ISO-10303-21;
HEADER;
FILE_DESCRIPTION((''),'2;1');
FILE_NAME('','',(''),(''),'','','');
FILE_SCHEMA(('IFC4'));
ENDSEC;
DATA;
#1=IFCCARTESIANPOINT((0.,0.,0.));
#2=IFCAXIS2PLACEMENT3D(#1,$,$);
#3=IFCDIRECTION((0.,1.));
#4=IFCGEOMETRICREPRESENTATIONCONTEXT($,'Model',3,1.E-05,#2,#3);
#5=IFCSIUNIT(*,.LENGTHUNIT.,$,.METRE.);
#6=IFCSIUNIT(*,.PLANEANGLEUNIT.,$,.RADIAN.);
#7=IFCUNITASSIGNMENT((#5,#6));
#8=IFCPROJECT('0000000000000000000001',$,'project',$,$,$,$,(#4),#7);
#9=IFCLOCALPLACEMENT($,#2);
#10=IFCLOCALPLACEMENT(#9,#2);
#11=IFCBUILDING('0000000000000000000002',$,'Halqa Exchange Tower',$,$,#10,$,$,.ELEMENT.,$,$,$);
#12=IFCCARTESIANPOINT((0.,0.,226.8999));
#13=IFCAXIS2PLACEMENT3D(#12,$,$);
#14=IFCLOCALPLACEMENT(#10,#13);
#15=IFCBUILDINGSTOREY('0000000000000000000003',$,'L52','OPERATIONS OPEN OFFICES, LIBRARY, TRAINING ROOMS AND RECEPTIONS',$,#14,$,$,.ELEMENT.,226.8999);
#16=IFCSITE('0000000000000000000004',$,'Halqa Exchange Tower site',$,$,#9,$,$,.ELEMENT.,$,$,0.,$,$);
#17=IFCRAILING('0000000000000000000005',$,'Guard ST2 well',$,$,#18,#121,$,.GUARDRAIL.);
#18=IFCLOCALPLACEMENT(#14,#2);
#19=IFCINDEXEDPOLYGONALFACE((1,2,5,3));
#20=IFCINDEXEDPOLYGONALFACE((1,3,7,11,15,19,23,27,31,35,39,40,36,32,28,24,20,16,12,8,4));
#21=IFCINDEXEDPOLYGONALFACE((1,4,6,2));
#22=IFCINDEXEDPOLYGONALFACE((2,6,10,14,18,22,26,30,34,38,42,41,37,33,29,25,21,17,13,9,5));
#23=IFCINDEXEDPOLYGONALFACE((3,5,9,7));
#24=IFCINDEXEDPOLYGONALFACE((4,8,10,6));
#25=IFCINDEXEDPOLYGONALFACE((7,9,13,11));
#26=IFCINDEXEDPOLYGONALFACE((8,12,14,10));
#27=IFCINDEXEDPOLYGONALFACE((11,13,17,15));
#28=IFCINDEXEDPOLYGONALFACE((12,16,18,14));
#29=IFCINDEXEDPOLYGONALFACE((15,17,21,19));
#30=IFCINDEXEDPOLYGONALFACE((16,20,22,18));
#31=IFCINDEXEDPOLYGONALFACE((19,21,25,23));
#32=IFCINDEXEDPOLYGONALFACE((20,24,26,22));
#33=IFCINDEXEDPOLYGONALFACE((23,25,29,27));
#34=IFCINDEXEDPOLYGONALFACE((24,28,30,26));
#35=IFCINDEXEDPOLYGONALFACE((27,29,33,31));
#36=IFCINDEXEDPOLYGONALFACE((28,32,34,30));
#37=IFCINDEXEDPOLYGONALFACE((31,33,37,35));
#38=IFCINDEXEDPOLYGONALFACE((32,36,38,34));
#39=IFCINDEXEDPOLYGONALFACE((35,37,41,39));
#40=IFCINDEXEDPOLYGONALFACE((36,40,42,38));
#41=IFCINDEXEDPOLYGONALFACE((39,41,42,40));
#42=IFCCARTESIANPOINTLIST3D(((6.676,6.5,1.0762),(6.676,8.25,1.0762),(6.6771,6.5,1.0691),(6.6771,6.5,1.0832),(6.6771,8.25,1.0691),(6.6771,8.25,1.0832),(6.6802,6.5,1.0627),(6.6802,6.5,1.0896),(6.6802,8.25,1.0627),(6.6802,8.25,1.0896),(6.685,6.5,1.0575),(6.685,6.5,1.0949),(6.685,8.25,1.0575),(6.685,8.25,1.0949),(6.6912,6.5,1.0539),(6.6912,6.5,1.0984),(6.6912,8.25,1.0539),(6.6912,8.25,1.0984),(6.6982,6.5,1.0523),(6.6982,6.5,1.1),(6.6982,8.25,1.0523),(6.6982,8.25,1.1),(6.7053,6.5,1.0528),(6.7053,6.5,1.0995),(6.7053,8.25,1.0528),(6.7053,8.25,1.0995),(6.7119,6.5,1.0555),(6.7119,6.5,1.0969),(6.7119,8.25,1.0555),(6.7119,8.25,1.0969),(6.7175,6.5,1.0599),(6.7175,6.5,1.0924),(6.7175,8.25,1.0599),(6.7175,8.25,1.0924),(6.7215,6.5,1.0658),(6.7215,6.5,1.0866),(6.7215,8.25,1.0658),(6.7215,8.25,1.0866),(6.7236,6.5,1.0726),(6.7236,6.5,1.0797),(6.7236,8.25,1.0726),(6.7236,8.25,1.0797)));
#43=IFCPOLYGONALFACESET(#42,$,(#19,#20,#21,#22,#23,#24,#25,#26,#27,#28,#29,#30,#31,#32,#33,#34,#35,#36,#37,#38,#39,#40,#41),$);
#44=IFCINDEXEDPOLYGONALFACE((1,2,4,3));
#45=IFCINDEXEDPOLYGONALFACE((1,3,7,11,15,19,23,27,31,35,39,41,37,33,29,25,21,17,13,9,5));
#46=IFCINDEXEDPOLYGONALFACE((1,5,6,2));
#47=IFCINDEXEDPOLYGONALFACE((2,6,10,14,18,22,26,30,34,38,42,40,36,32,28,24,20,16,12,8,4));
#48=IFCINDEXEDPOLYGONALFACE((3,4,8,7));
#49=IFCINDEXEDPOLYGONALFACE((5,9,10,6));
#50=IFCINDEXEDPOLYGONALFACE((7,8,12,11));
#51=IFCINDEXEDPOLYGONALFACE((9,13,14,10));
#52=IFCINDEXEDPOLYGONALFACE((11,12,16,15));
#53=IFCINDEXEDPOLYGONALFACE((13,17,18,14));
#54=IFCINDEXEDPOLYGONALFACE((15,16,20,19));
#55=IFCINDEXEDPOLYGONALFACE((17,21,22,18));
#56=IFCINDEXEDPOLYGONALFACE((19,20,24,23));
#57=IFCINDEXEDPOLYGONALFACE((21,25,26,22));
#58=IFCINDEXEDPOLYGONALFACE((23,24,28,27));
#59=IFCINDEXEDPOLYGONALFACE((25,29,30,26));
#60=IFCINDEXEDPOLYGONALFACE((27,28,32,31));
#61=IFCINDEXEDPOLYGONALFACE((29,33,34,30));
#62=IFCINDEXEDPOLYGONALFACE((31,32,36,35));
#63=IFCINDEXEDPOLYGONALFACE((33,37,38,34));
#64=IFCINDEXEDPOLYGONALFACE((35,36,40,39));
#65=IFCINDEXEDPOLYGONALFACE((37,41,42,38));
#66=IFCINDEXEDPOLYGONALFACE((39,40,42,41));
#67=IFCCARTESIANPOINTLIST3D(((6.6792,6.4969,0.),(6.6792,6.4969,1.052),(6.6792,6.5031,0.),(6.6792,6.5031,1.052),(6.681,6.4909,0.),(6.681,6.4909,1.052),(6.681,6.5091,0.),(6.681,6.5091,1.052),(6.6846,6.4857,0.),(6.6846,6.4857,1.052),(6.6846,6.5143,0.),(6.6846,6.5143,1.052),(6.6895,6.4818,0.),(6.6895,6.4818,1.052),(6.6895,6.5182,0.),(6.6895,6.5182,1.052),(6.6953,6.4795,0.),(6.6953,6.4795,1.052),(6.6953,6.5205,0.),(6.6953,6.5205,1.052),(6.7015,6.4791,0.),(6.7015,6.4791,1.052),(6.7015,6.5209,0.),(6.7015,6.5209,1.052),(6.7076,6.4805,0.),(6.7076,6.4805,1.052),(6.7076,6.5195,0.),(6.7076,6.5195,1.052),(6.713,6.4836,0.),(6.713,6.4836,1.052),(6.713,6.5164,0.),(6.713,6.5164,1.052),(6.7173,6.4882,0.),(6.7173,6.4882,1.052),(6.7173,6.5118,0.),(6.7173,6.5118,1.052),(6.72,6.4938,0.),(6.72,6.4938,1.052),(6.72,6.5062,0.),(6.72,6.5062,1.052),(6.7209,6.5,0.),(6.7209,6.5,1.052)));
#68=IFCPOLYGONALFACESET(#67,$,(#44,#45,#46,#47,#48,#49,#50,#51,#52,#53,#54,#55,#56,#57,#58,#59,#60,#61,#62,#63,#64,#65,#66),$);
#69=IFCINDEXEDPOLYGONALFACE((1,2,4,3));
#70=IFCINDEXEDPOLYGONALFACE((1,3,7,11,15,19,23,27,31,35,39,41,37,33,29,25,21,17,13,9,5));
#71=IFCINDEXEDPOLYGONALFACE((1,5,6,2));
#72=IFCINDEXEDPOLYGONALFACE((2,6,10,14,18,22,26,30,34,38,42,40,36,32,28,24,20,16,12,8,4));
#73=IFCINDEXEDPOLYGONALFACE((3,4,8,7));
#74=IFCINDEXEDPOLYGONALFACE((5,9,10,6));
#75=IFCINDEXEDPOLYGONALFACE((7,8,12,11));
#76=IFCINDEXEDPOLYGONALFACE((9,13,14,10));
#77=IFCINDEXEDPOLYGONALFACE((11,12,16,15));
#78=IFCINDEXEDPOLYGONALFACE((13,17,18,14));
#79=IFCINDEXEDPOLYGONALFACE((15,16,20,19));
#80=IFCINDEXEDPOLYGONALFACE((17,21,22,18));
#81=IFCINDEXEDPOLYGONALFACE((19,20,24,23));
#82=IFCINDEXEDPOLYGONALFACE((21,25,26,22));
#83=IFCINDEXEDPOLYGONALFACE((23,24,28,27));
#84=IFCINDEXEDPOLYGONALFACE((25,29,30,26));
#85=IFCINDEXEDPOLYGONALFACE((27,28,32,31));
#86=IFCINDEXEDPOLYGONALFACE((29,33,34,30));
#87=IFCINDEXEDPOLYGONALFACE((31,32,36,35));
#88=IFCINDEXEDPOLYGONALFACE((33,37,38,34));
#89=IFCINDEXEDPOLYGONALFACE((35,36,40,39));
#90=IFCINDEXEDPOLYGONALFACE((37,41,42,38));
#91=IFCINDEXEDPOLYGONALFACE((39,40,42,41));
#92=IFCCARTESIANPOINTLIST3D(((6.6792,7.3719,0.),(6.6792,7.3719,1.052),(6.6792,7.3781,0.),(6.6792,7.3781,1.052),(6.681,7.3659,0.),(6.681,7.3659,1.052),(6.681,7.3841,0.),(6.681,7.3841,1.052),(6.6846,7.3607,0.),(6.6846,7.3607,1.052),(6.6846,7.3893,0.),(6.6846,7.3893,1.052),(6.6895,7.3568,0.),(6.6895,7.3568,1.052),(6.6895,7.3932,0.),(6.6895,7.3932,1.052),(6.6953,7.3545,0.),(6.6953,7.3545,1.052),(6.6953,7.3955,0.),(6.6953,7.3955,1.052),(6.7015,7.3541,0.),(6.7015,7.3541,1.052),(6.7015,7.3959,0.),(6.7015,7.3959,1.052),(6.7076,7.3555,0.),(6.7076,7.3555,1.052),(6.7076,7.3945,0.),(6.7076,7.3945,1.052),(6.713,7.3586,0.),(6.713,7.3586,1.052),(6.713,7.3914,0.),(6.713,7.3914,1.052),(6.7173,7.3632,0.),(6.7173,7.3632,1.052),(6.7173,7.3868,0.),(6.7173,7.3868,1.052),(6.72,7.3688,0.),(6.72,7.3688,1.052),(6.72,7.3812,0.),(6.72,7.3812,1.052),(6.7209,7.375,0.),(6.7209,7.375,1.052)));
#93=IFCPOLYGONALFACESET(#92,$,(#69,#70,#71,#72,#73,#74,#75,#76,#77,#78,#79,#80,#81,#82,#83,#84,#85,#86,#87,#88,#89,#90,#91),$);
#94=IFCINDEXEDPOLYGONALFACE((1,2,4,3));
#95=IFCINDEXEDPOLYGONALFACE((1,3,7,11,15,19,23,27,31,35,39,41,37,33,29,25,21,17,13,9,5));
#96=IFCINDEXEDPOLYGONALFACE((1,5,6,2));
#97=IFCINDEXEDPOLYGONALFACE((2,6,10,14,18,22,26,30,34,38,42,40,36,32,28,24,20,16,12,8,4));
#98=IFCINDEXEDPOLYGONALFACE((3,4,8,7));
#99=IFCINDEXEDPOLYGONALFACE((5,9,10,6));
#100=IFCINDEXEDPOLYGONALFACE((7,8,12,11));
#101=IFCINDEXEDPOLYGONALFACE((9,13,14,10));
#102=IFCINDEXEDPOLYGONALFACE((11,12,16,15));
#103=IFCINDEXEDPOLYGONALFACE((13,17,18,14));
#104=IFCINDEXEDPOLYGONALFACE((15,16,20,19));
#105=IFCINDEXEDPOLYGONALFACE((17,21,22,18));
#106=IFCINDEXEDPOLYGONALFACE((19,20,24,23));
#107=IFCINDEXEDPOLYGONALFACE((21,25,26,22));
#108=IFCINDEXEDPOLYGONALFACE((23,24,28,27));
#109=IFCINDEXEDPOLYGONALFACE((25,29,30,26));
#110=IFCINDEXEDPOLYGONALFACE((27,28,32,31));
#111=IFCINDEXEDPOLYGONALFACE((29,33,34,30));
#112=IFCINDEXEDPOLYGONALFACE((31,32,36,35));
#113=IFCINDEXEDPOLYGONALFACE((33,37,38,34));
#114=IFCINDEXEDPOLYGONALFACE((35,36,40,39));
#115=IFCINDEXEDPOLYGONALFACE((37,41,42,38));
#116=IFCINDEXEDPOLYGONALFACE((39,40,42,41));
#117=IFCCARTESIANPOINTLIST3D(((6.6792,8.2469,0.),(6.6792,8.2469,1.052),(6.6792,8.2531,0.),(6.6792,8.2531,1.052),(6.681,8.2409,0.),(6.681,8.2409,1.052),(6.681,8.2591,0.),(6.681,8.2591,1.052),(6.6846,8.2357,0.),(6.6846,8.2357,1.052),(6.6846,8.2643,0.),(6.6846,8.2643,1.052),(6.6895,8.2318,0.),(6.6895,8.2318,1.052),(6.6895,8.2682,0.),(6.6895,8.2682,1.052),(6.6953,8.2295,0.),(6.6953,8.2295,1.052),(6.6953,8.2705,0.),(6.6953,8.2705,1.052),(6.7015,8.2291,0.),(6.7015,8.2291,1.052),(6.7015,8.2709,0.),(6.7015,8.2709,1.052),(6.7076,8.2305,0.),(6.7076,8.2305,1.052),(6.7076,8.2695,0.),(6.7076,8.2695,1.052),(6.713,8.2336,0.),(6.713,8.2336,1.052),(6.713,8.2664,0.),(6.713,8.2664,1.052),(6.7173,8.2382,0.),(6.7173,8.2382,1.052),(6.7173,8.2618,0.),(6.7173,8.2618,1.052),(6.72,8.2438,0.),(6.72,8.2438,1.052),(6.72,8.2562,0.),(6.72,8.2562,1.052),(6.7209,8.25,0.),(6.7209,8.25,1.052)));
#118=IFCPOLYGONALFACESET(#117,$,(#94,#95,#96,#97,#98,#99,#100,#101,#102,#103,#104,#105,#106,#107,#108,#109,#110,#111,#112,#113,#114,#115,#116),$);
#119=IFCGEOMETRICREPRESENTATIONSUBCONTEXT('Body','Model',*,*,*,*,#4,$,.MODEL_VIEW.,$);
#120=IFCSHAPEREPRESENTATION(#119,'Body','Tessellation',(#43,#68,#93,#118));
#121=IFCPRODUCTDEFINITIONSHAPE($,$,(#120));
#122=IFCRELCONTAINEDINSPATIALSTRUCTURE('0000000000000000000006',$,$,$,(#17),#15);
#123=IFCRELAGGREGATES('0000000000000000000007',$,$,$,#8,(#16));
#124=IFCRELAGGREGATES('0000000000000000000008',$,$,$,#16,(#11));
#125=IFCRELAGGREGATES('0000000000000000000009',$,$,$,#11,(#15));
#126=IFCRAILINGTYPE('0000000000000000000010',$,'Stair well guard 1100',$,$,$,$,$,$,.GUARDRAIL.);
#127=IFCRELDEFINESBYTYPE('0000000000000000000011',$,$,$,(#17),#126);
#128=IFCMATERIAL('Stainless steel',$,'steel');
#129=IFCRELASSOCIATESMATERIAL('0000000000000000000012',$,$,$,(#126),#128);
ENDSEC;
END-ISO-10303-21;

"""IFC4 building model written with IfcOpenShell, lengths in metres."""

from ifc_helpers import new_model, si_unit, direction, frame, origin, origin_2d, place, context, subcontext, project, spatial, circle, extrude, material, type_object, element, save


model = new_model("IFC4")

# Units and contexts
model_context = context("Model", 3, precision=1e-05, world=origin(), true_north=direction((0.0, 1.0)))
body_context = subcontext(model_context, "Body", "Model", "MODEL_VIEW")
ifc_project = project(units=[si_unit("LENGTHUNIT", "METRE"), si_unit("PLANEANGLEUNIT", "RADIAN")], contexts=[model_context])

# Site, building, storey
site_placement = place(None, origin())
site = spatial("IfcSite", under=ifc_project, at=site_placement, Name="Halqa Exchange Tower site", CompositionType="ELEMENT", RefElevation=0.0)
building_placement = place(site_placement, origin())
building = spatial("IfcBuilding", under=site, at=building_placement, Name="Halqa Exchange Tower", CompositionType="ELEMENT")
storey_placement = place(building_placement, frame((0.0, 0.0, 226.8999)))
storey = spatial("IfcBuildingStorey", under=building, at=storey_placement, Name="L52", Description="OPERATIONS OPEN OFFICES, LIBRARY, TRAINING ROOMS AND RECEPTIONS", CompositionType="ELEMENT", Elevation=226.8999)

# Railing
ifc_material_1 = material(Name="Stainless steel", Category="steel")
railing_type_1 = type_object("IfcRailingType", Name="Stair well guard 1100", PredefinedType="GUARDRAIL", material=ifc_material_1)
railing_1_placement = place(storey_placement, frame((6.7, 6.5, 0.0)))
element("IfcRailing", 1, at=railing_1_placement, inside=storey, type_object=railing_type_1, Name="Guard ST2 well", PredefinedType="GUARDRAIL", context=body_context, shape_type="SweptSolid", body=[
    extrude(circle(Radius=0.0239, at=origin_2d()), frame((0.0, 0.0, 1.0762), z_axis=(0.0, 1.0, 0.0), x_axis=(-1.0, 0.0, 0.0)), (0.0, 0.0, 1.0), 1.75),
    extrude(circle(Radius=0.021, at=origin_2d()), origin(), (0.0, 0.0, 1.0), 1.052),
    extrude(circle(Radius=0.021, at=origin_2d()), frame((0.0, 0.875, 0.0)), (0.0, 0.0, 1.0), 1.052),
    extrude(circle(Radius=0.021, at=origin_2d()), frame((0.0, 1.75, 0.0)), (0.0, 0.0, 1.0), 1.052),
])

save(model, "model.ifc")
